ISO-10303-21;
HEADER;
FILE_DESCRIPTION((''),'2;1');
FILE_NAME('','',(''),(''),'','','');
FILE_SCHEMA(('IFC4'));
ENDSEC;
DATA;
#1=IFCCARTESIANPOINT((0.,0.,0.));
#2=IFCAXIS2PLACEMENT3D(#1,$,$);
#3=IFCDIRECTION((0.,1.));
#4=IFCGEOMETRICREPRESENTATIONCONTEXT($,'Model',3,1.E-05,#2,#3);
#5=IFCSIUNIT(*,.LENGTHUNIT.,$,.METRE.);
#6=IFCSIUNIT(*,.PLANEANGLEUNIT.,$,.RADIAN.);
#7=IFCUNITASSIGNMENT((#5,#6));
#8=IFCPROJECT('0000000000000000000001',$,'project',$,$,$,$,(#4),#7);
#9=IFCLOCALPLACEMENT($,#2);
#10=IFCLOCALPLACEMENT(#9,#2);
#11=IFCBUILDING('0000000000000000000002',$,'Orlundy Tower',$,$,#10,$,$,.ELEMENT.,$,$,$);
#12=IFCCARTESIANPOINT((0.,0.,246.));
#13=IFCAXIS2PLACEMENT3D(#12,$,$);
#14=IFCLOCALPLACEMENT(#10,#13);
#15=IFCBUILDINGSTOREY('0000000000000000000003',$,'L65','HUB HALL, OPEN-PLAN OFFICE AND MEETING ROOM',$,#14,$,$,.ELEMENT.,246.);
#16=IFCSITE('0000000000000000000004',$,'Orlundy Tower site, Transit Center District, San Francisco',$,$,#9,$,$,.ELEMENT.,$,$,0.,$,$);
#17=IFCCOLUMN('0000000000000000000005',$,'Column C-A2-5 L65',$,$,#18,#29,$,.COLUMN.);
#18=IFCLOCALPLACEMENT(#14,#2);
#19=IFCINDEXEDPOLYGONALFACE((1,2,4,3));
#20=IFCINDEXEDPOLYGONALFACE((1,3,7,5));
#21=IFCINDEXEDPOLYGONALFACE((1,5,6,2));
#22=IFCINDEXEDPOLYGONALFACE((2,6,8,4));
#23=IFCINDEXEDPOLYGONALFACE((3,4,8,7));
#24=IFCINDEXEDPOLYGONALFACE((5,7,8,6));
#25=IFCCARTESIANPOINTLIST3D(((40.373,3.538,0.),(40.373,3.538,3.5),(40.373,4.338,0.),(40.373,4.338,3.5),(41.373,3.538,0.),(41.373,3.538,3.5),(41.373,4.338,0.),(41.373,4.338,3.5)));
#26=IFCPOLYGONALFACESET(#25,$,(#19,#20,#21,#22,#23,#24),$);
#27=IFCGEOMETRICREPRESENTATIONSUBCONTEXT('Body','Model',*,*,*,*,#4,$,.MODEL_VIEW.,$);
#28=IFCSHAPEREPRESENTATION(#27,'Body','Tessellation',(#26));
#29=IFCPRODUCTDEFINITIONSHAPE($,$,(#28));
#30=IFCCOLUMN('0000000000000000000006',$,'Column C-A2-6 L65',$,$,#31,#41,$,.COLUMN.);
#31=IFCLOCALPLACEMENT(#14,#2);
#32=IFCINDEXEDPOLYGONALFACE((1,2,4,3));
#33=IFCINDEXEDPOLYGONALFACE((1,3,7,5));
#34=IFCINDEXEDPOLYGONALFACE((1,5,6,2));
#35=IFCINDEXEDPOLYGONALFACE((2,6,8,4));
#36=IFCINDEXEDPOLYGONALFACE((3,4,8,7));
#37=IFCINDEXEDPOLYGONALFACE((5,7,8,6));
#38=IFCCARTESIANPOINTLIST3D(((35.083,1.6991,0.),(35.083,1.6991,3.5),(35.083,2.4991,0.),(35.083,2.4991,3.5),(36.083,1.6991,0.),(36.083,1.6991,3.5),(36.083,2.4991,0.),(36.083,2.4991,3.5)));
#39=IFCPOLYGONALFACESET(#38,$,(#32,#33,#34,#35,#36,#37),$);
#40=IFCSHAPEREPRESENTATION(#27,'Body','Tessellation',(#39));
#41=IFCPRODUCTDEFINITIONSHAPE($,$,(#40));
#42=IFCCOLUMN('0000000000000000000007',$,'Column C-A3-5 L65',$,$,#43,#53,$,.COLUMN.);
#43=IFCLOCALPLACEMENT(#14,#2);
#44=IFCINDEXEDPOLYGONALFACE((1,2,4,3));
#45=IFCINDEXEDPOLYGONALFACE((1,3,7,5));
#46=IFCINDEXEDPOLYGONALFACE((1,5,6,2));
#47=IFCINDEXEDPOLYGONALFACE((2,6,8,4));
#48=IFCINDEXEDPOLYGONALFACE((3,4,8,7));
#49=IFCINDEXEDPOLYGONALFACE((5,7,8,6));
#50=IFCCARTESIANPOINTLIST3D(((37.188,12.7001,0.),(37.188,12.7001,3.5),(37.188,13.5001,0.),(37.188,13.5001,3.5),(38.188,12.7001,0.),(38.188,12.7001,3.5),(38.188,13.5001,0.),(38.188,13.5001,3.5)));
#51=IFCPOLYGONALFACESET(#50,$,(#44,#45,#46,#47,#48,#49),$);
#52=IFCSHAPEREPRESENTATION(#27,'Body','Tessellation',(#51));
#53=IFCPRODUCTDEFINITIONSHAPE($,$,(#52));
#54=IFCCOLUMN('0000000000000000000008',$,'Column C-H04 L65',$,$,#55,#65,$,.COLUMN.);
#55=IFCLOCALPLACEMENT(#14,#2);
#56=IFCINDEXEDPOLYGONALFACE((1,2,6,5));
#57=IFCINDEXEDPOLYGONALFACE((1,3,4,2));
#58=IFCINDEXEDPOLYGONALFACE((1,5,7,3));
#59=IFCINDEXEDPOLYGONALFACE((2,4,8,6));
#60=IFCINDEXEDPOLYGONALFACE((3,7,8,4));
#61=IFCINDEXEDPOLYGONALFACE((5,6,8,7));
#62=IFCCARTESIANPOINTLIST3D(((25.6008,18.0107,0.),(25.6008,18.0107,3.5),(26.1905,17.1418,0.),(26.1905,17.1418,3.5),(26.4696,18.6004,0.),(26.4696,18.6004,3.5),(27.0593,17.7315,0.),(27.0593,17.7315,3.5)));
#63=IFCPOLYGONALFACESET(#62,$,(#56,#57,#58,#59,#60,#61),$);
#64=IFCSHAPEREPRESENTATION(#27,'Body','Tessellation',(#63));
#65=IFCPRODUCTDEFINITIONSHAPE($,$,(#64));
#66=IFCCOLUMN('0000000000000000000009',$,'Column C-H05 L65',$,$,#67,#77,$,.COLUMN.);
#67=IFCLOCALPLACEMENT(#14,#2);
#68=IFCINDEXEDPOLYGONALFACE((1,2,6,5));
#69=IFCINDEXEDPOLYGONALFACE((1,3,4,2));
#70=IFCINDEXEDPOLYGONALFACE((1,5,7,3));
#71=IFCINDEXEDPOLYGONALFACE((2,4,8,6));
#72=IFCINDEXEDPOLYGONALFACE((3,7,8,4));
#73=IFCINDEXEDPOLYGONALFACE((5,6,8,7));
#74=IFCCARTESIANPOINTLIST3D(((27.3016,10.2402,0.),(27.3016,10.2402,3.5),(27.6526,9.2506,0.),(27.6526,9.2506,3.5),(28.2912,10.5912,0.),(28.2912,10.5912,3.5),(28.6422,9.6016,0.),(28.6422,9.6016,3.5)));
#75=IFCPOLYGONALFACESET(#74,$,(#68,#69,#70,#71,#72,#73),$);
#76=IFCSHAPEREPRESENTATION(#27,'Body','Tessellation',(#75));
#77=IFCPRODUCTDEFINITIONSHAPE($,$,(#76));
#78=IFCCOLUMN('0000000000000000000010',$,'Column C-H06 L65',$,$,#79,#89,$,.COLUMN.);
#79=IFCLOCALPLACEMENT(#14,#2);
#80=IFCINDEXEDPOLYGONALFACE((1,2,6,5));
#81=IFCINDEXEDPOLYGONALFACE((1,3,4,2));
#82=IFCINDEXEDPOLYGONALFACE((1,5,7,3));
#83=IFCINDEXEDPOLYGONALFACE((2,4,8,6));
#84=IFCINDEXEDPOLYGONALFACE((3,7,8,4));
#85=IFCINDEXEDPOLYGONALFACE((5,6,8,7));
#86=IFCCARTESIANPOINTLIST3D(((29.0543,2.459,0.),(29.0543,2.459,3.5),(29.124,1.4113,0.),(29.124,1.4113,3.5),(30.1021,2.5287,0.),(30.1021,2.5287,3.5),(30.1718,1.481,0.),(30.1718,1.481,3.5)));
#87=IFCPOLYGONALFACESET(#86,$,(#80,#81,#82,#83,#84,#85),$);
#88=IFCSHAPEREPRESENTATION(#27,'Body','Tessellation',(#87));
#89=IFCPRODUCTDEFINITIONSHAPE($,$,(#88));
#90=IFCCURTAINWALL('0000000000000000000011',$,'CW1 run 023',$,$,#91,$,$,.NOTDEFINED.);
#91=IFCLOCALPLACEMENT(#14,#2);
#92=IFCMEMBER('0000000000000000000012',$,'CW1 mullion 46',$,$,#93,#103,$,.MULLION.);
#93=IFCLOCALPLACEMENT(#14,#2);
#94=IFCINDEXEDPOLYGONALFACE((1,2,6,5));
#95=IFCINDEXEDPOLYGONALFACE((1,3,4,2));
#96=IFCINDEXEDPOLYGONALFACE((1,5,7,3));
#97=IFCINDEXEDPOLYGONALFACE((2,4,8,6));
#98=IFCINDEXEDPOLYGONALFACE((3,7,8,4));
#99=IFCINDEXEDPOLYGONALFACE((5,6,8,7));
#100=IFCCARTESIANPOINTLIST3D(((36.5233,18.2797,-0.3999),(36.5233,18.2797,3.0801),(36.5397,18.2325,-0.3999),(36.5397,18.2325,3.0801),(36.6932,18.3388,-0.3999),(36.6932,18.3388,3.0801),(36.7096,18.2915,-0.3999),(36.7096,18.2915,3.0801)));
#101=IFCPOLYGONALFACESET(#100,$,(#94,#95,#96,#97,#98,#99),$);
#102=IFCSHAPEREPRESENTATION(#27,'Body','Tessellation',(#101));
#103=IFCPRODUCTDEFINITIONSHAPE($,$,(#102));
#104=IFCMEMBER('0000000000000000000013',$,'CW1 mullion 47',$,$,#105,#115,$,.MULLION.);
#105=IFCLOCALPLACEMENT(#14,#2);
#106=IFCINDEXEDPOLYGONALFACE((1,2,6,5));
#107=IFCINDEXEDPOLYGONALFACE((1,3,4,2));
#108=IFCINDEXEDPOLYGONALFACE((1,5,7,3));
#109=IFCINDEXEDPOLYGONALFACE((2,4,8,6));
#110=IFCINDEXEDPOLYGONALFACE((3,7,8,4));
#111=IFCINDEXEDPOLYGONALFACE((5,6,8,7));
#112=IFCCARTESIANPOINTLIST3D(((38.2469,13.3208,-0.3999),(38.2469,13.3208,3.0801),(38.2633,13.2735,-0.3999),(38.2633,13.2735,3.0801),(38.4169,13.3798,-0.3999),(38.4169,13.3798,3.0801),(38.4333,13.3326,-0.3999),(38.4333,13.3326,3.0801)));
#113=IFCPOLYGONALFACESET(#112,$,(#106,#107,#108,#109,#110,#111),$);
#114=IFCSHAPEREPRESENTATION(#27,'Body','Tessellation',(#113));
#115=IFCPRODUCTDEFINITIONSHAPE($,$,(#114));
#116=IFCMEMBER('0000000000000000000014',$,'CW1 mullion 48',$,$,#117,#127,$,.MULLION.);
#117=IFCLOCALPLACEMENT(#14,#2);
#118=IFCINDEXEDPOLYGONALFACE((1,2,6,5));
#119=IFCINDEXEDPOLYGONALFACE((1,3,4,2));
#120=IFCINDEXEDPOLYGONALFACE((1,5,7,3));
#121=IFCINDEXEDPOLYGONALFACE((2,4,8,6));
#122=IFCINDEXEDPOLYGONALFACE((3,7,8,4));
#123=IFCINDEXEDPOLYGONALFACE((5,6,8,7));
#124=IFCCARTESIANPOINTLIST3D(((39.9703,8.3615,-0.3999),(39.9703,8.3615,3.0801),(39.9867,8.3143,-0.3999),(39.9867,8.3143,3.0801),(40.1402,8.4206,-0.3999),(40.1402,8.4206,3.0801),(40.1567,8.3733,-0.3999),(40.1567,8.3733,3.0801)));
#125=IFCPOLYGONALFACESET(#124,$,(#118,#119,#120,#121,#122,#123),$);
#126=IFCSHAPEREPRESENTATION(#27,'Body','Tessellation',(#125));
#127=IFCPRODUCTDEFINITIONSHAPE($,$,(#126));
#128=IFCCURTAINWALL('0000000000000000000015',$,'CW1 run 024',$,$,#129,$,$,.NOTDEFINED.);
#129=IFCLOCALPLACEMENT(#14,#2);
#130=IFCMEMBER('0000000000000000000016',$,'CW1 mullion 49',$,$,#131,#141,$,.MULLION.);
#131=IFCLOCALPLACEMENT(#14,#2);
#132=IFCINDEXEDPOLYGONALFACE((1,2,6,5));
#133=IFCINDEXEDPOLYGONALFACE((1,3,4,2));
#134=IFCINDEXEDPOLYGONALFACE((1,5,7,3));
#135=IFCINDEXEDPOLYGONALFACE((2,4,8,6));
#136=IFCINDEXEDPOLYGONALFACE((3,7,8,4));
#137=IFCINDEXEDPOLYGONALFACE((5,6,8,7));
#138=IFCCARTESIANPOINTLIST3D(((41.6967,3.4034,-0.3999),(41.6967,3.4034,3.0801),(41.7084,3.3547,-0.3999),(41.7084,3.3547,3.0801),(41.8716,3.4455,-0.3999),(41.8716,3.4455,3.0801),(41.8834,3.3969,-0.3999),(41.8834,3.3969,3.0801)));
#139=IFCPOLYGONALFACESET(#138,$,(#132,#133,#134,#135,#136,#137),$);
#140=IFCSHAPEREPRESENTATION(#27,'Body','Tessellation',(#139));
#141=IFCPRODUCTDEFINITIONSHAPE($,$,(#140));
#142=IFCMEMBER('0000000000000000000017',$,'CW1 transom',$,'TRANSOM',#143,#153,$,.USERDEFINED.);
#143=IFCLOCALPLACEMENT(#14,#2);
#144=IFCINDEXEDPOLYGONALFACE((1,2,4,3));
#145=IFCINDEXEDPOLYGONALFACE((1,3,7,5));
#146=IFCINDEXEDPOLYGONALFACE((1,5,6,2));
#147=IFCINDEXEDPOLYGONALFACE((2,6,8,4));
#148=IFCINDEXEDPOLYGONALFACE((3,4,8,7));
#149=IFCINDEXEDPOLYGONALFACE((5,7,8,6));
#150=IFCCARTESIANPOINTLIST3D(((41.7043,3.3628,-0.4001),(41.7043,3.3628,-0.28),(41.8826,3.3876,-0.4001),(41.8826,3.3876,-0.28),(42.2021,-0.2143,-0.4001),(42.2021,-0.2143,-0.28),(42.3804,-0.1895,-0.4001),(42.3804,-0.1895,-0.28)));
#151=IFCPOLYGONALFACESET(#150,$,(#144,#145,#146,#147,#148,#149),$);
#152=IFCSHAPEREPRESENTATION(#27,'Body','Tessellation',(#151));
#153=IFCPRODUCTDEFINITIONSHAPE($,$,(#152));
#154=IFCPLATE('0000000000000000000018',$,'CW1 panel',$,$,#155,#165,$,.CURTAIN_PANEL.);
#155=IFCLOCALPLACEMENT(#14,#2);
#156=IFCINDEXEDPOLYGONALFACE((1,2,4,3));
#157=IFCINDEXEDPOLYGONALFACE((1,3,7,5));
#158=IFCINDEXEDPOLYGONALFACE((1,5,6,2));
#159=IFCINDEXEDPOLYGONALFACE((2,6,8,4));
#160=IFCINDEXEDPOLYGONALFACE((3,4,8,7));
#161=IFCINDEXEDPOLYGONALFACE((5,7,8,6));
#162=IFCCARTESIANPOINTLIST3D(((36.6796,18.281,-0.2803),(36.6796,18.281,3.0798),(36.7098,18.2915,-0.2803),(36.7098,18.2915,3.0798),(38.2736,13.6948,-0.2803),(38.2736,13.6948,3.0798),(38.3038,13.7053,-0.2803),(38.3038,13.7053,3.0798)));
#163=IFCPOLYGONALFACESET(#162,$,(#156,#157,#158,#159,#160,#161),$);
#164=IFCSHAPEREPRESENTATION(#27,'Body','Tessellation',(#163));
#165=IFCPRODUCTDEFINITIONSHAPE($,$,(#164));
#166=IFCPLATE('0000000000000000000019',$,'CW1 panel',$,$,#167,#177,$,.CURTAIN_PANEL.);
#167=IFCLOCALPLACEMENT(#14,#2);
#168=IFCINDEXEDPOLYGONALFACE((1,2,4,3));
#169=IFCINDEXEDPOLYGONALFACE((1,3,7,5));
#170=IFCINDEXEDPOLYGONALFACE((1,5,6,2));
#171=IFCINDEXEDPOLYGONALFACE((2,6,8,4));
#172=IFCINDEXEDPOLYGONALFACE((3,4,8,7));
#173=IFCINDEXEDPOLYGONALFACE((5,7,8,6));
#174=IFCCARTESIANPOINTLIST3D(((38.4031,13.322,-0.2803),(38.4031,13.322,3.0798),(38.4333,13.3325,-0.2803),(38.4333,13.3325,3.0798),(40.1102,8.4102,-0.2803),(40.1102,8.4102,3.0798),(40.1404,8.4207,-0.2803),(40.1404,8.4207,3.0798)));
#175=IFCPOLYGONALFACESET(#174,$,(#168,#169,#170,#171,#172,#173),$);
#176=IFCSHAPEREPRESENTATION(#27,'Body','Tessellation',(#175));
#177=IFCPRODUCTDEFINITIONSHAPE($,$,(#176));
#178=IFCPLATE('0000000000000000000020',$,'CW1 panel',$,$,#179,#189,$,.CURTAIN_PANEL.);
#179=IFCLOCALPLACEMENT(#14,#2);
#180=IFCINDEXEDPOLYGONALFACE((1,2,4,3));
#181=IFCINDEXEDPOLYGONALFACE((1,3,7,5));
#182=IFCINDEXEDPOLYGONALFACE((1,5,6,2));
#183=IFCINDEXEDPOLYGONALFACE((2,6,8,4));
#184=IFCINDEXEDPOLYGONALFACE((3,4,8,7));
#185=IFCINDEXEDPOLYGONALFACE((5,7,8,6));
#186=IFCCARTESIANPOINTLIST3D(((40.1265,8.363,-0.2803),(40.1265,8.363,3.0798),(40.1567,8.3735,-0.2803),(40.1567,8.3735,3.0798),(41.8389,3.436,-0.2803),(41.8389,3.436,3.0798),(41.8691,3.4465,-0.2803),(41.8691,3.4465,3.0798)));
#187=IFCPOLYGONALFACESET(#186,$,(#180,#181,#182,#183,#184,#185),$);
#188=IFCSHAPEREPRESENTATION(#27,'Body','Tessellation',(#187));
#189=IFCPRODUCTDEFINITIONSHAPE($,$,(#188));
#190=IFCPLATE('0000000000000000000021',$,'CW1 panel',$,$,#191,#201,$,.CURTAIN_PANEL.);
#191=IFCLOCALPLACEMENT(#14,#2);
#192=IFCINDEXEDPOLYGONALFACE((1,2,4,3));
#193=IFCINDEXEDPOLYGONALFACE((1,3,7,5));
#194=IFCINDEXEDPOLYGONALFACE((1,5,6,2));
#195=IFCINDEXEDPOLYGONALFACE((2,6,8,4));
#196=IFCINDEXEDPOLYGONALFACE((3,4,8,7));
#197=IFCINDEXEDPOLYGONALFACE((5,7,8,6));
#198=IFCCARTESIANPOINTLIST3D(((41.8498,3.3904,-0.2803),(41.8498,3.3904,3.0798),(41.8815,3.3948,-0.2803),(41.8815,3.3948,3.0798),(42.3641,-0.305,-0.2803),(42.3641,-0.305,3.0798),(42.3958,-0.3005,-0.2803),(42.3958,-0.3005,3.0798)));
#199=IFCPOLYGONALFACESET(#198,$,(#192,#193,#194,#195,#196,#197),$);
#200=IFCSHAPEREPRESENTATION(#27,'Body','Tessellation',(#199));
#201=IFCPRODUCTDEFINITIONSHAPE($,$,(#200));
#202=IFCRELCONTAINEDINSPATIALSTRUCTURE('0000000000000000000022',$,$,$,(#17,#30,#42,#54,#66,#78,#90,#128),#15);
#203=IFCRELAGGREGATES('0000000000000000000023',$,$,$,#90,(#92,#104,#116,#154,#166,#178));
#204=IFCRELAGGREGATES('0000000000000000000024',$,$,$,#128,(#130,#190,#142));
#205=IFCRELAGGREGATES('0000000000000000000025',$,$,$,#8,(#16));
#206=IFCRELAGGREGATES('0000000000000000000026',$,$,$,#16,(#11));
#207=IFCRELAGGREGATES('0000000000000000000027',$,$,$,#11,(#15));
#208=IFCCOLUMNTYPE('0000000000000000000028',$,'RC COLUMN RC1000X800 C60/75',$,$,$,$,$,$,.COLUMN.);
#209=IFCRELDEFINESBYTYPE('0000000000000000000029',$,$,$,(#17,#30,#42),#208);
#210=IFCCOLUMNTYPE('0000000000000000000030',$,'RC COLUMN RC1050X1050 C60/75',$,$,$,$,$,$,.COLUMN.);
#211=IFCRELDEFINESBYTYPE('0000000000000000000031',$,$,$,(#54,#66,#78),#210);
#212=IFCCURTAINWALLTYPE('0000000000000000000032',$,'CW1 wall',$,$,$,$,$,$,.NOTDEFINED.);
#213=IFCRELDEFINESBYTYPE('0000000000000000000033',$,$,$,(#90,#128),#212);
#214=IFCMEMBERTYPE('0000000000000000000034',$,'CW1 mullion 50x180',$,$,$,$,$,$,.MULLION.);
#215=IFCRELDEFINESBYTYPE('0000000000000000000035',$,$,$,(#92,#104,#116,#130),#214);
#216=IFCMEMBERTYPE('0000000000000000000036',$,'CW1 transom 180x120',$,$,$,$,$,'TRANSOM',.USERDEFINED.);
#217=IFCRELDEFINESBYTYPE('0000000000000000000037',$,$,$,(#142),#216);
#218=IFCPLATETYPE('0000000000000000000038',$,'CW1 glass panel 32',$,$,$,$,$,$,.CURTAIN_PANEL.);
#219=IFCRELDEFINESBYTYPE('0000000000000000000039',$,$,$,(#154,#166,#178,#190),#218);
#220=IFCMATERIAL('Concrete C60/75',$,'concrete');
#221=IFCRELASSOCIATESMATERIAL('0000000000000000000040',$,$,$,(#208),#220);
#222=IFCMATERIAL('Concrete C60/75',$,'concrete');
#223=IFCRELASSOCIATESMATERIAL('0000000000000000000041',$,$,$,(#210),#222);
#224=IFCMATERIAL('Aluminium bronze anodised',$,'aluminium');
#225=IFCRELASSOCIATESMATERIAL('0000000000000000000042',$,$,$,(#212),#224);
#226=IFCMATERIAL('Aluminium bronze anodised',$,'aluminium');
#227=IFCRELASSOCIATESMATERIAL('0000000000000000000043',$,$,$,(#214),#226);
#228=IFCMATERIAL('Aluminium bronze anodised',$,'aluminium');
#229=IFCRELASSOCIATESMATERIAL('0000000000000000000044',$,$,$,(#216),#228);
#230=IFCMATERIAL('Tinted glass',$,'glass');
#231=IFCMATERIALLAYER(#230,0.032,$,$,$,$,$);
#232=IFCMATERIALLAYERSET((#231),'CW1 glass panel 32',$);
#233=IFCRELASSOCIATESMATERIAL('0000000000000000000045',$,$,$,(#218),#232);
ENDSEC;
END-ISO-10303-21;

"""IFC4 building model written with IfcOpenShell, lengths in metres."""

from ifc_helpers import new_model, si_unit, direction, frame, origin, origin_2d, place, context, subcontext, project, spatial, rectangle, extrude, material, layer, layer_set, material_profile, profile_set, type_object, element, aggregate, save


model = new_model("IFC4")

# Units and contexts
model_context = context("Model", 3, precision=1e-05, world=origin(), true_north=direction((0.0, 1.0)))
body_context = subcontext(model_context, "Body", "Model", "MODEL_VIEW")
ifc_project = project(units=[si_unit("LENGTHUNIT", "METRE"), si_unit("PLANEANGLEUNIT", "RADIAN")], contexts=[model_context])

# Site, building, storey
site_placement = place(None, origin())
site = spatial("IfcSite", under=ifc_project, at=site_placement, Name="Orlundy Tower site, Transit Center District, San Francisco", CompositionType="ELEMENT", RefElevation=0.0)
building_placement = place(site_placement, origin())
building = spatial("IfcBuilding", under=site, at=building_placement, Name="Orlundy Tower", CompositionType="ELEMENT")
storey_placement = place(building_placement, frame((0.0, 0.0, 246.0)))
storey = spatial("IfcBuildingStorey", under=building, at=storey_placement, Name="L65", Description="HUB HALL, OPEN-PLAN OFFICE AND MEETING ROOM", CompositionType="ELEMENT", Elevation=246.0)

# Columns
ifc_material_1 = material(Name="Concrete C60/75", Category="concrete")
ifc_material_profile_1 = material_profile(ifc_material_1, rectangle(XDim=1.0, YDim=0.8, at=origin_2d()), Name="RC1000X800")
ifc_profile_set_1 = profile_set([ifc_material_profile_1], Name="Concrete C60/75")
column_type_1 = type_object("IfcColumnType", Name="RC COLUMN RC1000X800 C60/75", PredefinedType="COLUMN", material=ifc_profile_set_1)
for number, where, z_axis, x_axis, name in (
    (1, (40.873, 3.938, 0.0), (0.0, 0.0, 1.0), (1.0, 0.0, 0.0), "Column C-A2-5 L65"),
    (2, (35.583, 2.0991, 0.0), (0.0, 0.0, 1.0), (1.0, 0.0, 0.0), "Column C-A2-6 L65"),
    (3, (37.688, 13.1001, 0.0), (0.0, 0.0, 1.0), (1.0, 0.0, 0.0), "Column C-A3-5 L65"),
):
    element("IfcColumn", number, at=place(storey_placement, frame(where, z_axis=z_axis, x_axis=x_axis)), inside=storey, type_object=column_type_1, Name=name, PredefinedType="COLUMN", context=body_context, shape_type="SweptSolid", body=[
        extrude(rectangle(XDim=1.0, YDim=0.8, at=origin_2d()), origin(), (0.0, 0.0, 1.0), 3.5),
    ])
ifc_material_2 = material(Name="Concrete C60/75", Category="concrete")
ifc_material_profile_2 = material_profile(ifc_material_2, rectangle(XDim=1.05, YDim=1.05, at=origin_2d()), Name="RC1050X1050")
ifc_profile_set_2 = profile_set([ifc_material_profile_2], Name="Concrete C60/75")
column_type_2 = type_object("IfcColumnType", Name="RC COLUMN RC1050X1050 C60/75", PredefinedType="COLUMN", material=ifc_profile_set_2)
for number, where, z_axis, x_axis, name in (
    (4, (26.3301, 17.8711, 0.0), (0.0, 0.0, 1.0), (0.827414, 0.561592, 0.0), "Column C-H04 L65"),
    (5, (27.9719, 9.9209, 0.0), (0.0, 0.0, 1.0), (0.942478, 0.334267, 0.0), "Column C-H05 L65"),
    (6, (29.613, 1.97, 0.0), (0.0, 0.0, 1.0), (0.997795, 0.066378, 0.0), "Column C-H06 L65"),
):
    element("IfcColumn", number, at=place(storey_placement, frame(where, z_axis=z_axis, x_axis=x_axis)), inside=storey, type_object=column_type_2, Name=name, PredefinedType="COLUMN", context=body_context, shape_type="SweptSolid", body=[
        extrude(rectangle(XDim=1.05, YDim=1.05, at=origin_2d()), origin(), (0.0, 0.0, 1.0), 3.5),
    ])

# Curtain walls, members
ifc_material_3 = material(Name="Aluminium bronze anodised", Category="aluminium")
curtain_wall_type = type_object("IfcCurtainWallType", Name="CW1 wall", PredefinedType="NOTDEFINED", material=ifc_material_3)
curtain_wall_1_placement = place(storey_placement, origin())
curtain_wall_1 = element("IfcCurtainWall", 7, at=curtain_wall_1_placement, inside=storey, type_object=curtain_wall_type, Name="CW1 run 023", PredefinedType="NOTDEFINED")
ifc_material_4 = material(Name="Aluminium bronze anodised", Category="aluminium")
ifc_material_profile_3 = material_profile(ifc_material_4, rectangle(XDim=0.1799, YDim=0.05, at=origin_2d()), Name="CW1 mullion 50x180")
ifc_profile_set_3 = profile_set([ifc_material_profile_3], Name="Aluminium bronze anodised")
member_type_1 = type_object("IfcMemberType", Name="CW1 mullion 50x180", PredefinedType="MULLION", material=ifc_profile_set_3)
member_1_placement = place(storey_placement, frame((36.6165, 18.2856, -0.3999), z_axis=(0.0, 0.0, 1.0), x_axis=(0.944578, 0.328288, 0.0)))
member_1 = element("IfcMember", 8, at=member_1_placement, type_object=member_type_1, Name="CW1 mullion 46", PredefinedType="MULLION", context=body_context, shape_type="SweptSolid", body=[
    extrude(rectangle(XDim=0.1799, YDim=0.05, at=origin_2d()), origin(), (0.0, 0.0, 1.0), 3.48),
])
member_2_placement = place(storey_placement, frame((38.3401, 13.3267, -0.3999), z_axis=(0.0, 0.0, 1.0), x_axis=(0.944578, 0.328288, 0.0)))
member_2 = element("IfcMember", 9, at=member_2_placement, type_object=member_type_1, Name="CW1 mullion 47", PredefinedType="MULLION", context=body_context, shape_type="SweptSolid", body=[
    extrude(rectangle(XDim=0.1799, YDim=0.05, at=origin_2d()), origin(), (0.0, 0.0, 1.0), 3.48),
])
member_3_placement = place(storey_placement, frame((40.0635, 8.3674, -0.3999), z_axis=(0.0, 0.0, 1.0), x_axis=(0.944578, 0.328288, 0.0)))
member_3 = element("IfcMember", 10, at=member_3_placement, type_object=member_type_1, Name="CW1 mullion 48", PredefinedType="MULLION", context=body_context, shape_type="SweptSolid", body=[
    extrude(rectangle(XDim=0.1799, YDim=0.05, at=origin_2d()), origin(), (0.0, 0.0, 1.0), 3.48),
])
curtain_wall_2_placement = place(storey_placement, origin())
curtain_wall_2 = element("IfcCurtainWall", 11, at=curtain_wall_2_placement, inside=storey, type_object=curtain_wall_type, Name="CW1 run 024", PredefinedType="NOTDEFINED")
member_4_placement = place(storey_placement, frame((41.79, 3.4001, -0.3999), z_axis=(0.0, 0.0, 1.0), x_axis=(0.972192, 0.234187, 0.0)))
member_4 = element("IfcMember", 12, at=member_4_placement, type_object=member_type_1, Name="CW1 mullion 49", PredefinedType="MULLION", context=body_context, shape_type="SweptSolid", body=[
    extrude(rectangle(XDim=0.1799, YDim=0.05, at=origin_2d()), origin(), (0.0, 0.0, 1.0), 3.48),
])
ifc_material_5 = material(Name="Aluminium bronze anodised", Category="aluminium")
ifc_material_profile_4 = material_profile(ifc_material_5, rectangle(XDim=0.1799, YDim=0.1201, at=origin_2d()), Name="CW1 transom 180x120")
ifc_profile_set_4 = profile_set([ifc_material_profile_4], Name="Aluminium bronze anodised")
member_type_2 = type_object("IfcMemberType", Name="CW1 transom 180x120", ElementType="TRANSOM", PredefinedType="USERDEFINED", material=ifc_profile_set_4)
member_5_placement = place(storey_placement, frame((41.7935, 3.3752, -0.3401), z_axis=(0.137834, -0.990455, 0.0), x_axis=(0.990455, 0.137834, 0.0)))
member_5 = element("IfcMember", 13, at=member_5_placement, type_object=member_type_2, Name="CW1 transom", ObjectType="TRANSOM", PredefinedType="USERDEFINED", context=body_context, shape_type="SweptSolid", body=[
    extrude(rectangle(XDim=0.1799, YDim=0.1201, at=origin_2d()), origin(), (0.0, 0.0, 1.0), 3.6116),
])

# Plates
ifc_material_6 = material(Name="Tinted glass", Category="glass")
ifc_layer_1 = layer(ifc_material_6, 0.032)
ifc_layer_set_1 = layer_set([ifc_layer_1], Name="CW1 glass panel 32")
plate_type = type_object("IfcPlateType", Name="CW1 glass panel 32", PredefinedType="CURTAIN_PANEL", material=ifc_layer_set_1)
plate_1_placement = place(storey_placement, frame((37.4917, 15.9932, -0.2803), z_axis=(0.0, 0.0, 1.0), x_axis=(0.328288, -0.944578, 0.0)))
plate_1 = element("IfcPlate", 14, at=plate_1_placement, type_object=plate_type, Name="CW1 panel", PredefinedType="CURTAIN_PANEL", context=body_context, shape_type="SweptSolid", body=[
    extrude(rectangle(XDim=4.8552, YDim=0.032, at=origin_2d()), origin(), (0.0, 0.0, 1.0), 3.3601),
])
plate_2_placement = place(storey_placement, frame((39.2717, 10.8713, -0.2803), z_axis=(0.0, 0.0, 1.0), x_axis=(0.328288, -0.944578, 0.0)))
plate_2 = element("IfcPlate", 15, at=plate_2_placement, type_object=plate_type, Name="CW1 panel", PredefinedType="CURTAIN_PANEL", context=body_context, shape_type="SweptSolid", body=[
    extrude(rectangle(XDim=5.2, YDim=0.032, at=origin_2d()), origin(), (0.0, 0.0, 1.0), 3.3601),
])
plate_3_placement = place(storey_placement, frame((40.9978, 5.9048, -0.2803), z_axis=(0.0, 0.0, 1.0), x_axis=(0.328288, -0.944578, 0.0)))
plate_3 = element("IfcPlate", 16, at=plate_3_placement, type_object=plate_type, Name="CW1 panel", PredefinedType="CURTAIN_PANEL", context=body_context, shape_type="SweptSolid", body=[
    extrude(rectangle(XDim=5.2161, YDim=0.032, at=origin_2d()), origin(), (0.0, 0.0, 1.0), 3.3601),
])
aggregate(curtain_wall_1, [member_1, member_2, member_3, plate_1, plate_2, plate_3])
plate_4_placement = place(storey_placement, frame((42.1228, 1.5449, -0.2803), z_axis=(0.0, 0.0, 1.0), x_axis=(0.137833, -0.990455, 0.0)))
plate_4 = element("IfcPlate", 17, at=plate_4_placement, type_object=plate_type, Name="CW1 panel", PredefinedType="CURTAIN_PANEL", context=body_context, shape_type="SweptSolid", body=[
    extrude(rectangle(XDim=3.731, YDim=0.032, at=origin_2d()), origin(), (0.0, 0.0, 1.0), 3.3601),
])
aggregate(curtain_wall_2, [member_4, plate_4, member_5])

save(model, "model.ifc")
